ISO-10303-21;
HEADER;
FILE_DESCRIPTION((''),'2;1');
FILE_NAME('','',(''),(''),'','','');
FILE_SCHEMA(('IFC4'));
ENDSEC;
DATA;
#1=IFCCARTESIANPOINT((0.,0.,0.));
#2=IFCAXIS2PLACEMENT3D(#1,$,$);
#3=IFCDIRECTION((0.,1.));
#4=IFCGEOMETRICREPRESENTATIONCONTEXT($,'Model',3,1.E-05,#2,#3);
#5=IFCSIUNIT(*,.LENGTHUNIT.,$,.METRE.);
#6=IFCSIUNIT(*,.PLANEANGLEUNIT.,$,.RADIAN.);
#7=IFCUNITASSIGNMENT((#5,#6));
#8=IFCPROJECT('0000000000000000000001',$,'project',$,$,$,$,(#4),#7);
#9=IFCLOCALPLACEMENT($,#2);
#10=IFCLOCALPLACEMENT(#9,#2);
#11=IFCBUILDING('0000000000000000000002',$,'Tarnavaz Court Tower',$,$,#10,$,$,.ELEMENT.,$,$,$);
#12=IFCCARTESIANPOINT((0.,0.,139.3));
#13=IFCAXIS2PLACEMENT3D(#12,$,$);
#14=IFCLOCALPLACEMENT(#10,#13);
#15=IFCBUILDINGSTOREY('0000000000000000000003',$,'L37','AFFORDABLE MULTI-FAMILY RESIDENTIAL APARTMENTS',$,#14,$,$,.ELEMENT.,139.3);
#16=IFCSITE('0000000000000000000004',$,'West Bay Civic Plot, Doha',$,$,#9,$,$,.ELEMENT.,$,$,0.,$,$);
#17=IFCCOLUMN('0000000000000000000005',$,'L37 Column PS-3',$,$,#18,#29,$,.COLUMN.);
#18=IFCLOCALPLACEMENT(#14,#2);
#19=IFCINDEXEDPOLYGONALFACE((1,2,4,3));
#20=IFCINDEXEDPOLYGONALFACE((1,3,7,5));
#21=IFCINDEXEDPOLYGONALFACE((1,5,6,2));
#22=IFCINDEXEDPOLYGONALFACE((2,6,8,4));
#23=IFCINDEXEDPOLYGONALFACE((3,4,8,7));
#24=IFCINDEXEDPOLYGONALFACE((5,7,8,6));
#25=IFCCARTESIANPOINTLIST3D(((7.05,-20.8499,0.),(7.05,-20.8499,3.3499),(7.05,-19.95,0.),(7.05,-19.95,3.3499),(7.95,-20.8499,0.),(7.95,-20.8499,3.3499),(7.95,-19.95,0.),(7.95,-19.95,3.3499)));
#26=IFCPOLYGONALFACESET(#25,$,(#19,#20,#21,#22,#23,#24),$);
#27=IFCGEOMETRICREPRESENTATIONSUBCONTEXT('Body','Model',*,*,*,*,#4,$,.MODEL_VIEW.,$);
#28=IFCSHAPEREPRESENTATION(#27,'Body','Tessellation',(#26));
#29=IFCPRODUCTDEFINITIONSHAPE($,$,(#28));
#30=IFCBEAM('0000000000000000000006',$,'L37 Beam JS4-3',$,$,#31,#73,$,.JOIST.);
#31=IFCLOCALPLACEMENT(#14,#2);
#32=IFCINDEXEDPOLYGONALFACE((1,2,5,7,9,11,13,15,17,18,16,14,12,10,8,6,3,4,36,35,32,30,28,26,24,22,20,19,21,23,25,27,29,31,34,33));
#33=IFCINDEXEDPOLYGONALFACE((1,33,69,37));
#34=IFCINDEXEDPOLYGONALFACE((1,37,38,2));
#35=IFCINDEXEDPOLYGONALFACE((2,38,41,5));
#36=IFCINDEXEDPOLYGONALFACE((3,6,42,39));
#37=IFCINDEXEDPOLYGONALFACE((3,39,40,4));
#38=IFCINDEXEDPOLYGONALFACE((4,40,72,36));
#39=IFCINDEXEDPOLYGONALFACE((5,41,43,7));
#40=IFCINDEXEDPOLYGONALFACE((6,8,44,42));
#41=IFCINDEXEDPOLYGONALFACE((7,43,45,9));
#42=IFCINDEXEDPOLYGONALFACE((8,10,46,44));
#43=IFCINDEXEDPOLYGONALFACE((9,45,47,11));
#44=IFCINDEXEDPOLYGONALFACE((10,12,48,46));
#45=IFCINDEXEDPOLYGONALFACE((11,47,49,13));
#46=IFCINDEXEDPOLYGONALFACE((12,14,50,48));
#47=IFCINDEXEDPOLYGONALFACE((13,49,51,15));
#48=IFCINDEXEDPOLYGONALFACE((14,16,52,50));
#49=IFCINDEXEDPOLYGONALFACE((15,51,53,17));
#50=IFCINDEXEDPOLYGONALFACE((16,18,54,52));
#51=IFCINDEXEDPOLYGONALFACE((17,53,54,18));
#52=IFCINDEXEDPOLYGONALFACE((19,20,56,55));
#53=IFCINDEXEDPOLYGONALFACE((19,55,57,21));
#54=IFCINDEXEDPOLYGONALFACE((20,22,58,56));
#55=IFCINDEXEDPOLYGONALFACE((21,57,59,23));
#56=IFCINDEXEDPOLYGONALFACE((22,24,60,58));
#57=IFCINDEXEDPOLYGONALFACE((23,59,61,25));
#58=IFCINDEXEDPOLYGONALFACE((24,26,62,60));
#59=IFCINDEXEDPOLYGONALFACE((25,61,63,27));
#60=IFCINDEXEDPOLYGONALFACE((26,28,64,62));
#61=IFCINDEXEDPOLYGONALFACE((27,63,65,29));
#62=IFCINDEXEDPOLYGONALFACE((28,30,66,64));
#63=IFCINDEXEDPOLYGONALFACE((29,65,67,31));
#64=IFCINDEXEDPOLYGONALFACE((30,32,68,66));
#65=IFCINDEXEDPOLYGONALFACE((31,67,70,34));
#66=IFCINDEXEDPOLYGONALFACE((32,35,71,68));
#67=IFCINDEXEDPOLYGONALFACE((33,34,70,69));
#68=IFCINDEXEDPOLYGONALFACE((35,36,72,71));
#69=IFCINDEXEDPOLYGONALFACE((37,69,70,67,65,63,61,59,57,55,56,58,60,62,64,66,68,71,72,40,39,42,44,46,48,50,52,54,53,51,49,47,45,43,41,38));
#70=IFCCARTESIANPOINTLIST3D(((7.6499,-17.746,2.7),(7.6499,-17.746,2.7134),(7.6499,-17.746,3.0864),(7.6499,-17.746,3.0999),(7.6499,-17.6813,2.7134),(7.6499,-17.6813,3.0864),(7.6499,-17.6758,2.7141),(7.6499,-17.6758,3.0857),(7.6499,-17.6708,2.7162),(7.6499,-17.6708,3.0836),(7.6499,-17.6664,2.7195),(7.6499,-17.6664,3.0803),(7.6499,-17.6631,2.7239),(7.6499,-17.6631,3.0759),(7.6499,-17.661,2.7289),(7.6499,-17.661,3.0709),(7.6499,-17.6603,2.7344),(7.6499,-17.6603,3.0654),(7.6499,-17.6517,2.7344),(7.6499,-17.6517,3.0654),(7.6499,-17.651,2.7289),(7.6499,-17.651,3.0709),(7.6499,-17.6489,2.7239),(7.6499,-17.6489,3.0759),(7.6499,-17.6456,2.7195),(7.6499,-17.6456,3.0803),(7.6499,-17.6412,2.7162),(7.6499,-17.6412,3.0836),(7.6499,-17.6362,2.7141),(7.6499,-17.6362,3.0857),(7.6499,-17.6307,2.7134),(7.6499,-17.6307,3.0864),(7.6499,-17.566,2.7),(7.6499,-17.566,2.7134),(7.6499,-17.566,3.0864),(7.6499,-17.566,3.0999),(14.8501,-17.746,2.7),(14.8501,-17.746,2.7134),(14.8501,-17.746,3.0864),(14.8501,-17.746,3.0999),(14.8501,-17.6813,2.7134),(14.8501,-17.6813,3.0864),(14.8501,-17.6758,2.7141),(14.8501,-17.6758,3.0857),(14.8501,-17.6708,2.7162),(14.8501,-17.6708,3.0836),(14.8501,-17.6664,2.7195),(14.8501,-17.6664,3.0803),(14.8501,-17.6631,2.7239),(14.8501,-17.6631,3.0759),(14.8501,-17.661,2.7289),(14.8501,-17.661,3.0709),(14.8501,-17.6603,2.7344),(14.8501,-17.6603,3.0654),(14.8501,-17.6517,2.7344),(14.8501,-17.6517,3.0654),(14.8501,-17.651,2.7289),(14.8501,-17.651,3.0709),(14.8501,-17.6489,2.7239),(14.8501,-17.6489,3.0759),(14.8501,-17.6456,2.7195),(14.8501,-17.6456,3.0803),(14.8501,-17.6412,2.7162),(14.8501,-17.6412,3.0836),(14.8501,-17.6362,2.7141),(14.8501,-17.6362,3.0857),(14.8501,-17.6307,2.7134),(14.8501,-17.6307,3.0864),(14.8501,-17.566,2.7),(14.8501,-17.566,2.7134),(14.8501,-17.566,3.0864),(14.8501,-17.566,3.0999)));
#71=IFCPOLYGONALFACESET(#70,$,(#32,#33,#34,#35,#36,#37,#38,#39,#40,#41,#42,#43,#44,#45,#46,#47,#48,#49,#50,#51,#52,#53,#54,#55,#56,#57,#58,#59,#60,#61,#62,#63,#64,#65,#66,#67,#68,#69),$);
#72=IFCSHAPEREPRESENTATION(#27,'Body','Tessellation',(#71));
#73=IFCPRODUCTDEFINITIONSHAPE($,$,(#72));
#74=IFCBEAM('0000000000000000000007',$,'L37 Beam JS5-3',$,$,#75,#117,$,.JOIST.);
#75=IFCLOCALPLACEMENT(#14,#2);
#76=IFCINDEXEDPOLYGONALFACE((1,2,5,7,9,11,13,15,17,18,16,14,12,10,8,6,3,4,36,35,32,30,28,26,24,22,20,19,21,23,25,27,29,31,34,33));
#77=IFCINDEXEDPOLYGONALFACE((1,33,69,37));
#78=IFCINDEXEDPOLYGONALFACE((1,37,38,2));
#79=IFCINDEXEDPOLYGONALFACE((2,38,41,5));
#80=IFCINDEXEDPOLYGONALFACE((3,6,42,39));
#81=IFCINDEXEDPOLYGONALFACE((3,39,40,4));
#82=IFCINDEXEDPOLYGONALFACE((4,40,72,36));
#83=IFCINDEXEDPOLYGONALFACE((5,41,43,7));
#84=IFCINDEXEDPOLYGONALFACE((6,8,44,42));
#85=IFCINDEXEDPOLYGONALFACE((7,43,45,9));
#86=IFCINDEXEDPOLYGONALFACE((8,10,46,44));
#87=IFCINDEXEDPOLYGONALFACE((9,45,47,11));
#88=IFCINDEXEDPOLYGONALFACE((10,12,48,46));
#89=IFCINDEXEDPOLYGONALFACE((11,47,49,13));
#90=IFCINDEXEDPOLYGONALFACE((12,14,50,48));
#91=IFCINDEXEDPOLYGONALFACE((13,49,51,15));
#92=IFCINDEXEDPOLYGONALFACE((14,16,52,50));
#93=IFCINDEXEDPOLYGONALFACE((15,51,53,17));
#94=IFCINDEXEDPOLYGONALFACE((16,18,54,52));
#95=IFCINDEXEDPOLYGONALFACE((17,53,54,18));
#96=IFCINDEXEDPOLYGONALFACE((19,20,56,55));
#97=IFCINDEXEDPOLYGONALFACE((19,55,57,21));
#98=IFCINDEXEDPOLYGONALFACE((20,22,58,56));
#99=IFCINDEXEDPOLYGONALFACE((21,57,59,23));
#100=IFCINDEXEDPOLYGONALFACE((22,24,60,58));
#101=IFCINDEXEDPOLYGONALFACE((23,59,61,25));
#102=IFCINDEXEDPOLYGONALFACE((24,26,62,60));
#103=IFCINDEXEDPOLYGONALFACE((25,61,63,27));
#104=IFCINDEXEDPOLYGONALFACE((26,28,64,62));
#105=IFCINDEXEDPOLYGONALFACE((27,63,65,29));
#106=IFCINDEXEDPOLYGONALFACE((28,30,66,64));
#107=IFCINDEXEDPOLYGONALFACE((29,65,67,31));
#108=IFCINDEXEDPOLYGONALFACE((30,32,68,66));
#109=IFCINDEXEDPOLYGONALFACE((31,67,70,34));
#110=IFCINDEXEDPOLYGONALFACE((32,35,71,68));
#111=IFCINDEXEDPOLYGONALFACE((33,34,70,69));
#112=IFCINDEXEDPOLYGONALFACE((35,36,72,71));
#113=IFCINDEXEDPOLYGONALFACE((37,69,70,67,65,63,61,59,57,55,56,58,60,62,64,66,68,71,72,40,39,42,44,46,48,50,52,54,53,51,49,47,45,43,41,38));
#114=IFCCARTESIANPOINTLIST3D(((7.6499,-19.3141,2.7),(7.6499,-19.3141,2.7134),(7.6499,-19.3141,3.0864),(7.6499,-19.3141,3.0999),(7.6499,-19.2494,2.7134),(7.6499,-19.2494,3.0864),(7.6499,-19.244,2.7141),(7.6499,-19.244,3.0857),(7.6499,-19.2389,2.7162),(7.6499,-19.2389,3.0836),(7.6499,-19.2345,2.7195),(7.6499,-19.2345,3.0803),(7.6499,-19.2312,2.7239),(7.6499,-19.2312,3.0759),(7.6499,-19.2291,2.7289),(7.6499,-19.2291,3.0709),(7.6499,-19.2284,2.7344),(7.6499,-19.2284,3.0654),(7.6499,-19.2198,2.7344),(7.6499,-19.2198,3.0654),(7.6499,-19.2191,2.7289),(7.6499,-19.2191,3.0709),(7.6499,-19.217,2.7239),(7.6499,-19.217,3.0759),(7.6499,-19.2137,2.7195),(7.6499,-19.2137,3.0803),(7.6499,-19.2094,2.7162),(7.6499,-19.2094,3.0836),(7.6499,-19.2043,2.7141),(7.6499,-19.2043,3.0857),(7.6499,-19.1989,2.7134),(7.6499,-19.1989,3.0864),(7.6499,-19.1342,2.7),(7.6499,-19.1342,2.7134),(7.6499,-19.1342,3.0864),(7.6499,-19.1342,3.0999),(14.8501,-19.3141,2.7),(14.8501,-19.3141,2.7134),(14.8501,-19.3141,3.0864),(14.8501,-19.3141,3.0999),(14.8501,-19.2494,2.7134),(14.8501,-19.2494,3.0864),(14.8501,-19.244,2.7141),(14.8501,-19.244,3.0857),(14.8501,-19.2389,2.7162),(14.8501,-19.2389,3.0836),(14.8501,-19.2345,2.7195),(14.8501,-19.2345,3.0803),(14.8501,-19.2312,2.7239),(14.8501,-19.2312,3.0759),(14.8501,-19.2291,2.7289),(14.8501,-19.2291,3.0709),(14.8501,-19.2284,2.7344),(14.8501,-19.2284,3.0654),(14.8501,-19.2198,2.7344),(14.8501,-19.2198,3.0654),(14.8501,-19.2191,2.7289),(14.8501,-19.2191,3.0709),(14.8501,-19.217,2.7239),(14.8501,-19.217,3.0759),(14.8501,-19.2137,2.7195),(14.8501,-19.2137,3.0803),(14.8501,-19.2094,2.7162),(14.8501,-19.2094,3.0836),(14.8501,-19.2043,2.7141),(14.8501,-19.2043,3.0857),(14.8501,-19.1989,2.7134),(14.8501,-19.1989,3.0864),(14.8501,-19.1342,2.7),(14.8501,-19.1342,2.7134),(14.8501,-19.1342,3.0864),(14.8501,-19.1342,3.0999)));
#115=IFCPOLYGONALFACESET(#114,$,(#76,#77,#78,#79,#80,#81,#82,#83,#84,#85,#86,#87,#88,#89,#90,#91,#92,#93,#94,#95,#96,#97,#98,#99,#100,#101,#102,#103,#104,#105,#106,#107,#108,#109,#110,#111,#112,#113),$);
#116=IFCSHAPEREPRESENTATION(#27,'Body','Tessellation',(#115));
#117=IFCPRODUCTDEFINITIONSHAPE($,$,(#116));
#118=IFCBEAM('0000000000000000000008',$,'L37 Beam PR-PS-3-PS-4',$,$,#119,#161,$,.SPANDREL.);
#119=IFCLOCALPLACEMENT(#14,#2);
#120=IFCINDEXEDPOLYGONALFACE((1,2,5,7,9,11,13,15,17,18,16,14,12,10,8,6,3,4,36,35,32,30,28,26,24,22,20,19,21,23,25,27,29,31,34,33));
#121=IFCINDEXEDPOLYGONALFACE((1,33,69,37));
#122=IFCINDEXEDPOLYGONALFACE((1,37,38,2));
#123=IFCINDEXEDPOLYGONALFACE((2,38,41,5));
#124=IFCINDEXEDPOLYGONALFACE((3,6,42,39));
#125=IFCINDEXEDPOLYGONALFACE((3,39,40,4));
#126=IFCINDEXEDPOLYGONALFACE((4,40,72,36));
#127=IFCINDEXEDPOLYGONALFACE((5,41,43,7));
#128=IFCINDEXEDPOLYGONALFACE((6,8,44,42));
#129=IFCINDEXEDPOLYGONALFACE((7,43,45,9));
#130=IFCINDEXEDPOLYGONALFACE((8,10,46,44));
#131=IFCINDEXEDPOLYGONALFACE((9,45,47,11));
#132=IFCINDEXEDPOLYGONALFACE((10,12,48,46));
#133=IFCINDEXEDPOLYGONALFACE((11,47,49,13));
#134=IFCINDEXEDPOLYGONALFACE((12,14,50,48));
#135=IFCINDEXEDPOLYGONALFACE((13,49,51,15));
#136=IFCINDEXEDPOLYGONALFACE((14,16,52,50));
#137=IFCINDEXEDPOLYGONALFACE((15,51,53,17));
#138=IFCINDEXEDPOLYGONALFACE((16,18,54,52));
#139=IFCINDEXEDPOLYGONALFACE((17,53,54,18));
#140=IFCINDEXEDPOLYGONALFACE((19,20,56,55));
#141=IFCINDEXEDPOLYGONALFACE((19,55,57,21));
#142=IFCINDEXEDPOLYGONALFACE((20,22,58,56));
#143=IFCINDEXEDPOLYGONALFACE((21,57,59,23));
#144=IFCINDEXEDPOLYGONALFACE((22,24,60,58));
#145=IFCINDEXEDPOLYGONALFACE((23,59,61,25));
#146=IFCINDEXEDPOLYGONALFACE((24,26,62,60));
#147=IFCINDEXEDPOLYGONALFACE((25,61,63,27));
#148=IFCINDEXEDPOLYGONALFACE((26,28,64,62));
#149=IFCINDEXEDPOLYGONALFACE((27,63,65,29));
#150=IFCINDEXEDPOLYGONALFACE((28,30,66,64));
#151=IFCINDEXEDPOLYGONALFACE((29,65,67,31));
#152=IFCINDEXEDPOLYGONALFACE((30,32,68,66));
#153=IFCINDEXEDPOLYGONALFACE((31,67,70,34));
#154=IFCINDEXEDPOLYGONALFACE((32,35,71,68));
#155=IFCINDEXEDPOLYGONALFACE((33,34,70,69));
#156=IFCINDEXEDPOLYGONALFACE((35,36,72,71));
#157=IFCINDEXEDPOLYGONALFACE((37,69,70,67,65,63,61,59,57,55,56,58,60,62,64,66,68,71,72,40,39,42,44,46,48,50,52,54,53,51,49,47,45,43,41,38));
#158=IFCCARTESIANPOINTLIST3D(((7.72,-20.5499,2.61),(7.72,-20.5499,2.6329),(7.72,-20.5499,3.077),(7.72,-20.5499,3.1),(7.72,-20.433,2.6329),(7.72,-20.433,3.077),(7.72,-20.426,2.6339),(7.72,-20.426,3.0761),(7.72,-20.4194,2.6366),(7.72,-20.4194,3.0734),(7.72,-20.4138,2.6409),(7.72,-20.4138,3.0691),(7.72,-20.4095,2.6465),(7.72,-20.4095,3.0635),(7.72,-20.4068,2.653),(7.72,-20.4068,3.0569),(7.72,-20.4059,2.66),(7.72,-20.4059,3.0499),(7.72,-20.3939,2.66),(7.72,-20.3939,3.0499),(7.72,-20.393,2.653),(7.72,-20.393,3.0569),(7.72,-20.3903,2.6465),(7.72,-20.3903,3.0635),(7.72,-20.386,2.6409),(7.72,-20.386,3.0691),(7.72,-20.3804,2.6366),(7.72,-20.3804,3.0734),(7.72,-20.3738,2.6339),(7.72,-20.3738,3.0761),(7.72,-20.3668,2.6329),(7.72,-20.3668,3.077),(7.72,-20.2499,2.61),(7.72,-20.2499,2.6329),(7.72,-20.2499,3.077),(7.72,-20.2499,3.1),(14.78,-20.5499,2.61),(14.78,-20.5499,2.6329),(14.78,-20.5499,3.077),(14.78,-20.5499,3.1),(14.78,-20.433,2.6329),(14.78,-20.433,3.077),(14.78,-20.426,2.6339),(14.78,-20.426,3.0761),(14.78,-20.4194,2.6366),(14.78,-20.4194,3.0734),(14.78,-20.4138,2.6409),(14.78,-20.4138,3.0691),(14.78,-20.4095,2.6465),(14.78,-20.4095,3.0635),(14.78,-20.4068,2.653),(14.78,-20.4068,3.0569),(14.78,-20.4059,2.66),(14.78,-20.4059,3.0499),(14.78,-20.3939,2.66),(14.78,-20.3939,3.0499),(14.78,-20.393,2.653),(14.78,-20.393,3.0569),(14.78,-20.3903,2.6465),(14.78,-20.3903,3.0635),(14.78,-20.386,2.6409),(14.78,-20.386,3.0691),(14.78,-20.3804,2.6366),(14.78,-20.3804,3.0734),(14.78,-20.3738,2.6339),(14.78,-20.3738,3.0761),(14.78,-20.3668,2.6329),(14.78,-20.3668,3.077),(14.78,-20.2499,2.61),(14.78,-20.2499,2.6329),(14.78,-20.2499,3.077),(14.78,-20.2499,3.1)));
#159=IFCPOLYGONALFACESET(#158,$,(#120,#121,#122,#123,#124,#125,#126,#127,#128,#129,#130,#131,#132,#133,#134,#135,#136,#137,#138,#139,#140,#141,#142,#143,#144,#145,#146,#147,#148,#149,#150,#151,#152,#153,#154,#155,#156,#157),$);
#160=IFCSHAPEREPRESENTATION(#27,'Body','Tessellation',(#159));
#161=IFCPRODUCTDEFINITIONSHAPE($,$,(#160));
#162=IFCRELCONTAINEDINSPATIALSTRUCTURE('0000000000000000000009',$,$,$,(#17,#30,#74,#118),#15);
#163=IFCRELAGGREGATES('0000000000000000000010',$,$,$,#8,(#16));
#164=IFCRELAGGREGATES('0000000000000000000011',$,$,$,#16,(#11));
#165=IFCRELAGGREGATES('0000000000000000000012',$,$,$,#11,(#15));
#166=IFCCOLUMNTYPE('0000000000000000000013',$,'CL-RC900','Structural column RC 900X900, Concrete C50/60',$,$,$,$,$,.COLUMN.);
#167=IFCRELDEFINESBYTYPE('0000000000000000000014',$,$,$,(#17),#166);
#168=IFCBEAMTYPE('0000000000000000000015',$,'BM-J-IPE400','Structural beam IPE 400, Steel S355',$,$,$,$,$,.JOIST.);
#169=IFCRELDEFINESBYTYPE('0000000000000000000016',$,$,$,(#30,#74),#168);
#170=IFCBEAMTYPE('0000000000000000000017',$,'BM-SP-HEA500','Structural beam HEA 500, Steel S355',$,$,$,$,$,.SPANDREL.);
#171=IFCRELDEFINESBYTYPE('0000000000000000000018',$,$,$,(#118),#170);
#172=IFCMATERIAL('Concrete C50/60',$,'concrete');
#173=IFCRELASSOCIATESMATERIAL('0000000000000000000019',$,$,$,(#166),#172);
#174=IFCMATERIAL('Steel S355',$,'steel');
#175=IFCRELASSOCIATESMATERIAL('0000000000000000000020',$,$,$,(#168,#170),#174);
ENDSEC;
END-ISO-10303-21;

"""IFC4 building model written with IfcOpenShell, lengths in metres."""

from ifc_helpers import new_model, si_unit, direction, frame, origin, origin_2d, place, context, subcontext, project, spatial, rectangle, i_section, extrude, material, material_profile, profile_set, type_object, element, save


model = new_model("IFC4")

# Units and contexts
model_context = context("Model", 3, precision=1e-05, world=origin(), true_north=direction((0.0, 1.0)))
body_context = subcontext(model_context, "Body", "Model", "MODEL_VIEW")
ifc_project = project(units=[si_unit("LENGTHUNIT", "METRE"), si_unit("PLANEANGLEUNIT", "RADIAN")], contexts=[model_context])

# Site, building, storey
site_placement = place(None, origin())
site = spatial("IfcSite", under=ifc_project, at=site_placement, Name="West Bay Civic Plot, Doha", CompositionType="ELEMENT", RefElevation=0.0)
building_placement = place(site_placement, origin())
building = spatial("IfcBuilding", under=site, at=building_placement, Name="Tarnavaz Court Tower", CompositionType="ELEMENT")
storey_placement = place(building_placement, frame((0.0, 0.0, 139.3)))
storey = spatial("IfcBuildingStorey", under=building, at=storey_placement, Name="L37", Description="AFFORDABLE MULTI-FAMILY RESIDENTIAL APARTMENTS", CompositionType="ELEMENT", Elevation=139.3)

# Column
ifc_material_1 = material(Name="Concrete C50/60", Category="concrete")
ifc_material_profile_1 = material_profile(ifc_material_1, rectangle(XDim=0.8999, YDim=0.8999, at=origin_2d()), Name="RC 900X900")
ifc_profile_set_1 = profile_set([ifc_material_profile_1], Name="Concrete C50/60")
column_type = type_object("IfcColumnType", Name="CL-RC900", Description="Structural column RC 900X900, Concrete C50/60", PredefinedType="COLUMN", material=ifc_profile_set_1)
column_placement = place(storey_placement, frame((7.5, -20.3999, 0.0), z_axis=(0.0, 0.0, 1.0), x_axis=(1.0, 0.0, 0.0)))
element("IfcColumn", 1, at=column_placement, inside=storey, type_object=column_type, Name="L37 Column PS-3", PredefinedType="COLUMN", context=body_context, shape_type="SweptSolid", body=[
    extrude(rectangle(XDim=0.8999, YDim=0.8999, at=origin_2d()), origin(), (0.0, 0.0, 1.0), 3.3499),
])

# Beams
ifc_material_2 = material(Name="Steel S355", Category="steel")
ifc_material_profile_2 = material_profile(ifc_material_2, i_section(OverallWidth=0.1799, OverallDepth=0.3999, WebThickness=0.0085, FlangeThickness=0.0134, FilletRadius=0.021, at=origin_2d()), Name="IPE 400")
ifc_profile_set_2 = profile_set([ifc_material_profile_2], Name="Steel S355")
beam_type_1 = type_object("IfcBeamType", Name="BM-J-IPE400", Description="Structural beam IPE 400, Steel S355", PredefinedType="JOIST", material=ifc_profile_set_2)
for number, where, z_axis, x_axis, name in (
    (2, (7.6499, -17.656, 2.8999), (1.0, 0.0, 0.0), (0.0, 1.0, 0.0), "L37 Beam JS4-3"),
    (3, (7.6499, -19.2241, 2.8999), (1.0, 0.0, 0.0), (0.0, 1.0, 0.0), "L37 Beam JS5-3"),
):
    element("IfcBeam", number, at=place(storey_placement, frame(where, z_axis=z_axis, x_axis=x_axis)), inside=storey, type_object=beam_type_1, Name=name, PredefinedType="JOIST", context=body_context, shape_type="SweptSolid", body=[
        extrude(i_section(OverallWidth=0.1799, OverallDepth=0.3999, WebThickness=0.0085, FlangeThickness=0.0134, FilletRadius=0.021, at=origin_2d()), origin(), (0.0, 0.0, 1.0), 7.2002),
    ])
ifc_material_profile_3 = material_profile(ifc_material_2, i_section(OverallWidth=0.3, OverallDepth=0.49, WebThickness=0.012, FlangeThickness=0.0229, FilletRadius=0.0271, at=origin_2d()), Name="HEA 500")
ifc_profile_set_3 = profile_set([ifc_material_profile_3], Name="Steel S355")
beam_type_2 = type_object("IfcBeamType", Name="BM-SP-HEA500", Description="Structural beam HEA 500, Steel S355", PredefinedType="SPANDREL", material=ifc_profile_set_3)
beam_placement = place(storey_placement, frame((7.72, -20.3999, 2.855), z_axis=(1.0, 0.0, 0.0), x_axis=(0.0, 1.0, 0.0)))
element("IfcBeam", 4, at=beam_placement, inside=storey, type_object=beam_type_2, Name="L37 Beam PR-PS-3-PS-4", PredefinedType="SPANDREL", context=body_context, shape_type="SweptSolid", body=[
    extrude(i_section(OverallWidth=0.3, OverallDepth=0.49, WebThickness=0.012, FlangeThickness=0.0229, FilletRadius=0.0271, at=origin_2d()), origin(), (0.0, 0.0, 1.0), 7.0601),
])

save(model, "model.ifc")
